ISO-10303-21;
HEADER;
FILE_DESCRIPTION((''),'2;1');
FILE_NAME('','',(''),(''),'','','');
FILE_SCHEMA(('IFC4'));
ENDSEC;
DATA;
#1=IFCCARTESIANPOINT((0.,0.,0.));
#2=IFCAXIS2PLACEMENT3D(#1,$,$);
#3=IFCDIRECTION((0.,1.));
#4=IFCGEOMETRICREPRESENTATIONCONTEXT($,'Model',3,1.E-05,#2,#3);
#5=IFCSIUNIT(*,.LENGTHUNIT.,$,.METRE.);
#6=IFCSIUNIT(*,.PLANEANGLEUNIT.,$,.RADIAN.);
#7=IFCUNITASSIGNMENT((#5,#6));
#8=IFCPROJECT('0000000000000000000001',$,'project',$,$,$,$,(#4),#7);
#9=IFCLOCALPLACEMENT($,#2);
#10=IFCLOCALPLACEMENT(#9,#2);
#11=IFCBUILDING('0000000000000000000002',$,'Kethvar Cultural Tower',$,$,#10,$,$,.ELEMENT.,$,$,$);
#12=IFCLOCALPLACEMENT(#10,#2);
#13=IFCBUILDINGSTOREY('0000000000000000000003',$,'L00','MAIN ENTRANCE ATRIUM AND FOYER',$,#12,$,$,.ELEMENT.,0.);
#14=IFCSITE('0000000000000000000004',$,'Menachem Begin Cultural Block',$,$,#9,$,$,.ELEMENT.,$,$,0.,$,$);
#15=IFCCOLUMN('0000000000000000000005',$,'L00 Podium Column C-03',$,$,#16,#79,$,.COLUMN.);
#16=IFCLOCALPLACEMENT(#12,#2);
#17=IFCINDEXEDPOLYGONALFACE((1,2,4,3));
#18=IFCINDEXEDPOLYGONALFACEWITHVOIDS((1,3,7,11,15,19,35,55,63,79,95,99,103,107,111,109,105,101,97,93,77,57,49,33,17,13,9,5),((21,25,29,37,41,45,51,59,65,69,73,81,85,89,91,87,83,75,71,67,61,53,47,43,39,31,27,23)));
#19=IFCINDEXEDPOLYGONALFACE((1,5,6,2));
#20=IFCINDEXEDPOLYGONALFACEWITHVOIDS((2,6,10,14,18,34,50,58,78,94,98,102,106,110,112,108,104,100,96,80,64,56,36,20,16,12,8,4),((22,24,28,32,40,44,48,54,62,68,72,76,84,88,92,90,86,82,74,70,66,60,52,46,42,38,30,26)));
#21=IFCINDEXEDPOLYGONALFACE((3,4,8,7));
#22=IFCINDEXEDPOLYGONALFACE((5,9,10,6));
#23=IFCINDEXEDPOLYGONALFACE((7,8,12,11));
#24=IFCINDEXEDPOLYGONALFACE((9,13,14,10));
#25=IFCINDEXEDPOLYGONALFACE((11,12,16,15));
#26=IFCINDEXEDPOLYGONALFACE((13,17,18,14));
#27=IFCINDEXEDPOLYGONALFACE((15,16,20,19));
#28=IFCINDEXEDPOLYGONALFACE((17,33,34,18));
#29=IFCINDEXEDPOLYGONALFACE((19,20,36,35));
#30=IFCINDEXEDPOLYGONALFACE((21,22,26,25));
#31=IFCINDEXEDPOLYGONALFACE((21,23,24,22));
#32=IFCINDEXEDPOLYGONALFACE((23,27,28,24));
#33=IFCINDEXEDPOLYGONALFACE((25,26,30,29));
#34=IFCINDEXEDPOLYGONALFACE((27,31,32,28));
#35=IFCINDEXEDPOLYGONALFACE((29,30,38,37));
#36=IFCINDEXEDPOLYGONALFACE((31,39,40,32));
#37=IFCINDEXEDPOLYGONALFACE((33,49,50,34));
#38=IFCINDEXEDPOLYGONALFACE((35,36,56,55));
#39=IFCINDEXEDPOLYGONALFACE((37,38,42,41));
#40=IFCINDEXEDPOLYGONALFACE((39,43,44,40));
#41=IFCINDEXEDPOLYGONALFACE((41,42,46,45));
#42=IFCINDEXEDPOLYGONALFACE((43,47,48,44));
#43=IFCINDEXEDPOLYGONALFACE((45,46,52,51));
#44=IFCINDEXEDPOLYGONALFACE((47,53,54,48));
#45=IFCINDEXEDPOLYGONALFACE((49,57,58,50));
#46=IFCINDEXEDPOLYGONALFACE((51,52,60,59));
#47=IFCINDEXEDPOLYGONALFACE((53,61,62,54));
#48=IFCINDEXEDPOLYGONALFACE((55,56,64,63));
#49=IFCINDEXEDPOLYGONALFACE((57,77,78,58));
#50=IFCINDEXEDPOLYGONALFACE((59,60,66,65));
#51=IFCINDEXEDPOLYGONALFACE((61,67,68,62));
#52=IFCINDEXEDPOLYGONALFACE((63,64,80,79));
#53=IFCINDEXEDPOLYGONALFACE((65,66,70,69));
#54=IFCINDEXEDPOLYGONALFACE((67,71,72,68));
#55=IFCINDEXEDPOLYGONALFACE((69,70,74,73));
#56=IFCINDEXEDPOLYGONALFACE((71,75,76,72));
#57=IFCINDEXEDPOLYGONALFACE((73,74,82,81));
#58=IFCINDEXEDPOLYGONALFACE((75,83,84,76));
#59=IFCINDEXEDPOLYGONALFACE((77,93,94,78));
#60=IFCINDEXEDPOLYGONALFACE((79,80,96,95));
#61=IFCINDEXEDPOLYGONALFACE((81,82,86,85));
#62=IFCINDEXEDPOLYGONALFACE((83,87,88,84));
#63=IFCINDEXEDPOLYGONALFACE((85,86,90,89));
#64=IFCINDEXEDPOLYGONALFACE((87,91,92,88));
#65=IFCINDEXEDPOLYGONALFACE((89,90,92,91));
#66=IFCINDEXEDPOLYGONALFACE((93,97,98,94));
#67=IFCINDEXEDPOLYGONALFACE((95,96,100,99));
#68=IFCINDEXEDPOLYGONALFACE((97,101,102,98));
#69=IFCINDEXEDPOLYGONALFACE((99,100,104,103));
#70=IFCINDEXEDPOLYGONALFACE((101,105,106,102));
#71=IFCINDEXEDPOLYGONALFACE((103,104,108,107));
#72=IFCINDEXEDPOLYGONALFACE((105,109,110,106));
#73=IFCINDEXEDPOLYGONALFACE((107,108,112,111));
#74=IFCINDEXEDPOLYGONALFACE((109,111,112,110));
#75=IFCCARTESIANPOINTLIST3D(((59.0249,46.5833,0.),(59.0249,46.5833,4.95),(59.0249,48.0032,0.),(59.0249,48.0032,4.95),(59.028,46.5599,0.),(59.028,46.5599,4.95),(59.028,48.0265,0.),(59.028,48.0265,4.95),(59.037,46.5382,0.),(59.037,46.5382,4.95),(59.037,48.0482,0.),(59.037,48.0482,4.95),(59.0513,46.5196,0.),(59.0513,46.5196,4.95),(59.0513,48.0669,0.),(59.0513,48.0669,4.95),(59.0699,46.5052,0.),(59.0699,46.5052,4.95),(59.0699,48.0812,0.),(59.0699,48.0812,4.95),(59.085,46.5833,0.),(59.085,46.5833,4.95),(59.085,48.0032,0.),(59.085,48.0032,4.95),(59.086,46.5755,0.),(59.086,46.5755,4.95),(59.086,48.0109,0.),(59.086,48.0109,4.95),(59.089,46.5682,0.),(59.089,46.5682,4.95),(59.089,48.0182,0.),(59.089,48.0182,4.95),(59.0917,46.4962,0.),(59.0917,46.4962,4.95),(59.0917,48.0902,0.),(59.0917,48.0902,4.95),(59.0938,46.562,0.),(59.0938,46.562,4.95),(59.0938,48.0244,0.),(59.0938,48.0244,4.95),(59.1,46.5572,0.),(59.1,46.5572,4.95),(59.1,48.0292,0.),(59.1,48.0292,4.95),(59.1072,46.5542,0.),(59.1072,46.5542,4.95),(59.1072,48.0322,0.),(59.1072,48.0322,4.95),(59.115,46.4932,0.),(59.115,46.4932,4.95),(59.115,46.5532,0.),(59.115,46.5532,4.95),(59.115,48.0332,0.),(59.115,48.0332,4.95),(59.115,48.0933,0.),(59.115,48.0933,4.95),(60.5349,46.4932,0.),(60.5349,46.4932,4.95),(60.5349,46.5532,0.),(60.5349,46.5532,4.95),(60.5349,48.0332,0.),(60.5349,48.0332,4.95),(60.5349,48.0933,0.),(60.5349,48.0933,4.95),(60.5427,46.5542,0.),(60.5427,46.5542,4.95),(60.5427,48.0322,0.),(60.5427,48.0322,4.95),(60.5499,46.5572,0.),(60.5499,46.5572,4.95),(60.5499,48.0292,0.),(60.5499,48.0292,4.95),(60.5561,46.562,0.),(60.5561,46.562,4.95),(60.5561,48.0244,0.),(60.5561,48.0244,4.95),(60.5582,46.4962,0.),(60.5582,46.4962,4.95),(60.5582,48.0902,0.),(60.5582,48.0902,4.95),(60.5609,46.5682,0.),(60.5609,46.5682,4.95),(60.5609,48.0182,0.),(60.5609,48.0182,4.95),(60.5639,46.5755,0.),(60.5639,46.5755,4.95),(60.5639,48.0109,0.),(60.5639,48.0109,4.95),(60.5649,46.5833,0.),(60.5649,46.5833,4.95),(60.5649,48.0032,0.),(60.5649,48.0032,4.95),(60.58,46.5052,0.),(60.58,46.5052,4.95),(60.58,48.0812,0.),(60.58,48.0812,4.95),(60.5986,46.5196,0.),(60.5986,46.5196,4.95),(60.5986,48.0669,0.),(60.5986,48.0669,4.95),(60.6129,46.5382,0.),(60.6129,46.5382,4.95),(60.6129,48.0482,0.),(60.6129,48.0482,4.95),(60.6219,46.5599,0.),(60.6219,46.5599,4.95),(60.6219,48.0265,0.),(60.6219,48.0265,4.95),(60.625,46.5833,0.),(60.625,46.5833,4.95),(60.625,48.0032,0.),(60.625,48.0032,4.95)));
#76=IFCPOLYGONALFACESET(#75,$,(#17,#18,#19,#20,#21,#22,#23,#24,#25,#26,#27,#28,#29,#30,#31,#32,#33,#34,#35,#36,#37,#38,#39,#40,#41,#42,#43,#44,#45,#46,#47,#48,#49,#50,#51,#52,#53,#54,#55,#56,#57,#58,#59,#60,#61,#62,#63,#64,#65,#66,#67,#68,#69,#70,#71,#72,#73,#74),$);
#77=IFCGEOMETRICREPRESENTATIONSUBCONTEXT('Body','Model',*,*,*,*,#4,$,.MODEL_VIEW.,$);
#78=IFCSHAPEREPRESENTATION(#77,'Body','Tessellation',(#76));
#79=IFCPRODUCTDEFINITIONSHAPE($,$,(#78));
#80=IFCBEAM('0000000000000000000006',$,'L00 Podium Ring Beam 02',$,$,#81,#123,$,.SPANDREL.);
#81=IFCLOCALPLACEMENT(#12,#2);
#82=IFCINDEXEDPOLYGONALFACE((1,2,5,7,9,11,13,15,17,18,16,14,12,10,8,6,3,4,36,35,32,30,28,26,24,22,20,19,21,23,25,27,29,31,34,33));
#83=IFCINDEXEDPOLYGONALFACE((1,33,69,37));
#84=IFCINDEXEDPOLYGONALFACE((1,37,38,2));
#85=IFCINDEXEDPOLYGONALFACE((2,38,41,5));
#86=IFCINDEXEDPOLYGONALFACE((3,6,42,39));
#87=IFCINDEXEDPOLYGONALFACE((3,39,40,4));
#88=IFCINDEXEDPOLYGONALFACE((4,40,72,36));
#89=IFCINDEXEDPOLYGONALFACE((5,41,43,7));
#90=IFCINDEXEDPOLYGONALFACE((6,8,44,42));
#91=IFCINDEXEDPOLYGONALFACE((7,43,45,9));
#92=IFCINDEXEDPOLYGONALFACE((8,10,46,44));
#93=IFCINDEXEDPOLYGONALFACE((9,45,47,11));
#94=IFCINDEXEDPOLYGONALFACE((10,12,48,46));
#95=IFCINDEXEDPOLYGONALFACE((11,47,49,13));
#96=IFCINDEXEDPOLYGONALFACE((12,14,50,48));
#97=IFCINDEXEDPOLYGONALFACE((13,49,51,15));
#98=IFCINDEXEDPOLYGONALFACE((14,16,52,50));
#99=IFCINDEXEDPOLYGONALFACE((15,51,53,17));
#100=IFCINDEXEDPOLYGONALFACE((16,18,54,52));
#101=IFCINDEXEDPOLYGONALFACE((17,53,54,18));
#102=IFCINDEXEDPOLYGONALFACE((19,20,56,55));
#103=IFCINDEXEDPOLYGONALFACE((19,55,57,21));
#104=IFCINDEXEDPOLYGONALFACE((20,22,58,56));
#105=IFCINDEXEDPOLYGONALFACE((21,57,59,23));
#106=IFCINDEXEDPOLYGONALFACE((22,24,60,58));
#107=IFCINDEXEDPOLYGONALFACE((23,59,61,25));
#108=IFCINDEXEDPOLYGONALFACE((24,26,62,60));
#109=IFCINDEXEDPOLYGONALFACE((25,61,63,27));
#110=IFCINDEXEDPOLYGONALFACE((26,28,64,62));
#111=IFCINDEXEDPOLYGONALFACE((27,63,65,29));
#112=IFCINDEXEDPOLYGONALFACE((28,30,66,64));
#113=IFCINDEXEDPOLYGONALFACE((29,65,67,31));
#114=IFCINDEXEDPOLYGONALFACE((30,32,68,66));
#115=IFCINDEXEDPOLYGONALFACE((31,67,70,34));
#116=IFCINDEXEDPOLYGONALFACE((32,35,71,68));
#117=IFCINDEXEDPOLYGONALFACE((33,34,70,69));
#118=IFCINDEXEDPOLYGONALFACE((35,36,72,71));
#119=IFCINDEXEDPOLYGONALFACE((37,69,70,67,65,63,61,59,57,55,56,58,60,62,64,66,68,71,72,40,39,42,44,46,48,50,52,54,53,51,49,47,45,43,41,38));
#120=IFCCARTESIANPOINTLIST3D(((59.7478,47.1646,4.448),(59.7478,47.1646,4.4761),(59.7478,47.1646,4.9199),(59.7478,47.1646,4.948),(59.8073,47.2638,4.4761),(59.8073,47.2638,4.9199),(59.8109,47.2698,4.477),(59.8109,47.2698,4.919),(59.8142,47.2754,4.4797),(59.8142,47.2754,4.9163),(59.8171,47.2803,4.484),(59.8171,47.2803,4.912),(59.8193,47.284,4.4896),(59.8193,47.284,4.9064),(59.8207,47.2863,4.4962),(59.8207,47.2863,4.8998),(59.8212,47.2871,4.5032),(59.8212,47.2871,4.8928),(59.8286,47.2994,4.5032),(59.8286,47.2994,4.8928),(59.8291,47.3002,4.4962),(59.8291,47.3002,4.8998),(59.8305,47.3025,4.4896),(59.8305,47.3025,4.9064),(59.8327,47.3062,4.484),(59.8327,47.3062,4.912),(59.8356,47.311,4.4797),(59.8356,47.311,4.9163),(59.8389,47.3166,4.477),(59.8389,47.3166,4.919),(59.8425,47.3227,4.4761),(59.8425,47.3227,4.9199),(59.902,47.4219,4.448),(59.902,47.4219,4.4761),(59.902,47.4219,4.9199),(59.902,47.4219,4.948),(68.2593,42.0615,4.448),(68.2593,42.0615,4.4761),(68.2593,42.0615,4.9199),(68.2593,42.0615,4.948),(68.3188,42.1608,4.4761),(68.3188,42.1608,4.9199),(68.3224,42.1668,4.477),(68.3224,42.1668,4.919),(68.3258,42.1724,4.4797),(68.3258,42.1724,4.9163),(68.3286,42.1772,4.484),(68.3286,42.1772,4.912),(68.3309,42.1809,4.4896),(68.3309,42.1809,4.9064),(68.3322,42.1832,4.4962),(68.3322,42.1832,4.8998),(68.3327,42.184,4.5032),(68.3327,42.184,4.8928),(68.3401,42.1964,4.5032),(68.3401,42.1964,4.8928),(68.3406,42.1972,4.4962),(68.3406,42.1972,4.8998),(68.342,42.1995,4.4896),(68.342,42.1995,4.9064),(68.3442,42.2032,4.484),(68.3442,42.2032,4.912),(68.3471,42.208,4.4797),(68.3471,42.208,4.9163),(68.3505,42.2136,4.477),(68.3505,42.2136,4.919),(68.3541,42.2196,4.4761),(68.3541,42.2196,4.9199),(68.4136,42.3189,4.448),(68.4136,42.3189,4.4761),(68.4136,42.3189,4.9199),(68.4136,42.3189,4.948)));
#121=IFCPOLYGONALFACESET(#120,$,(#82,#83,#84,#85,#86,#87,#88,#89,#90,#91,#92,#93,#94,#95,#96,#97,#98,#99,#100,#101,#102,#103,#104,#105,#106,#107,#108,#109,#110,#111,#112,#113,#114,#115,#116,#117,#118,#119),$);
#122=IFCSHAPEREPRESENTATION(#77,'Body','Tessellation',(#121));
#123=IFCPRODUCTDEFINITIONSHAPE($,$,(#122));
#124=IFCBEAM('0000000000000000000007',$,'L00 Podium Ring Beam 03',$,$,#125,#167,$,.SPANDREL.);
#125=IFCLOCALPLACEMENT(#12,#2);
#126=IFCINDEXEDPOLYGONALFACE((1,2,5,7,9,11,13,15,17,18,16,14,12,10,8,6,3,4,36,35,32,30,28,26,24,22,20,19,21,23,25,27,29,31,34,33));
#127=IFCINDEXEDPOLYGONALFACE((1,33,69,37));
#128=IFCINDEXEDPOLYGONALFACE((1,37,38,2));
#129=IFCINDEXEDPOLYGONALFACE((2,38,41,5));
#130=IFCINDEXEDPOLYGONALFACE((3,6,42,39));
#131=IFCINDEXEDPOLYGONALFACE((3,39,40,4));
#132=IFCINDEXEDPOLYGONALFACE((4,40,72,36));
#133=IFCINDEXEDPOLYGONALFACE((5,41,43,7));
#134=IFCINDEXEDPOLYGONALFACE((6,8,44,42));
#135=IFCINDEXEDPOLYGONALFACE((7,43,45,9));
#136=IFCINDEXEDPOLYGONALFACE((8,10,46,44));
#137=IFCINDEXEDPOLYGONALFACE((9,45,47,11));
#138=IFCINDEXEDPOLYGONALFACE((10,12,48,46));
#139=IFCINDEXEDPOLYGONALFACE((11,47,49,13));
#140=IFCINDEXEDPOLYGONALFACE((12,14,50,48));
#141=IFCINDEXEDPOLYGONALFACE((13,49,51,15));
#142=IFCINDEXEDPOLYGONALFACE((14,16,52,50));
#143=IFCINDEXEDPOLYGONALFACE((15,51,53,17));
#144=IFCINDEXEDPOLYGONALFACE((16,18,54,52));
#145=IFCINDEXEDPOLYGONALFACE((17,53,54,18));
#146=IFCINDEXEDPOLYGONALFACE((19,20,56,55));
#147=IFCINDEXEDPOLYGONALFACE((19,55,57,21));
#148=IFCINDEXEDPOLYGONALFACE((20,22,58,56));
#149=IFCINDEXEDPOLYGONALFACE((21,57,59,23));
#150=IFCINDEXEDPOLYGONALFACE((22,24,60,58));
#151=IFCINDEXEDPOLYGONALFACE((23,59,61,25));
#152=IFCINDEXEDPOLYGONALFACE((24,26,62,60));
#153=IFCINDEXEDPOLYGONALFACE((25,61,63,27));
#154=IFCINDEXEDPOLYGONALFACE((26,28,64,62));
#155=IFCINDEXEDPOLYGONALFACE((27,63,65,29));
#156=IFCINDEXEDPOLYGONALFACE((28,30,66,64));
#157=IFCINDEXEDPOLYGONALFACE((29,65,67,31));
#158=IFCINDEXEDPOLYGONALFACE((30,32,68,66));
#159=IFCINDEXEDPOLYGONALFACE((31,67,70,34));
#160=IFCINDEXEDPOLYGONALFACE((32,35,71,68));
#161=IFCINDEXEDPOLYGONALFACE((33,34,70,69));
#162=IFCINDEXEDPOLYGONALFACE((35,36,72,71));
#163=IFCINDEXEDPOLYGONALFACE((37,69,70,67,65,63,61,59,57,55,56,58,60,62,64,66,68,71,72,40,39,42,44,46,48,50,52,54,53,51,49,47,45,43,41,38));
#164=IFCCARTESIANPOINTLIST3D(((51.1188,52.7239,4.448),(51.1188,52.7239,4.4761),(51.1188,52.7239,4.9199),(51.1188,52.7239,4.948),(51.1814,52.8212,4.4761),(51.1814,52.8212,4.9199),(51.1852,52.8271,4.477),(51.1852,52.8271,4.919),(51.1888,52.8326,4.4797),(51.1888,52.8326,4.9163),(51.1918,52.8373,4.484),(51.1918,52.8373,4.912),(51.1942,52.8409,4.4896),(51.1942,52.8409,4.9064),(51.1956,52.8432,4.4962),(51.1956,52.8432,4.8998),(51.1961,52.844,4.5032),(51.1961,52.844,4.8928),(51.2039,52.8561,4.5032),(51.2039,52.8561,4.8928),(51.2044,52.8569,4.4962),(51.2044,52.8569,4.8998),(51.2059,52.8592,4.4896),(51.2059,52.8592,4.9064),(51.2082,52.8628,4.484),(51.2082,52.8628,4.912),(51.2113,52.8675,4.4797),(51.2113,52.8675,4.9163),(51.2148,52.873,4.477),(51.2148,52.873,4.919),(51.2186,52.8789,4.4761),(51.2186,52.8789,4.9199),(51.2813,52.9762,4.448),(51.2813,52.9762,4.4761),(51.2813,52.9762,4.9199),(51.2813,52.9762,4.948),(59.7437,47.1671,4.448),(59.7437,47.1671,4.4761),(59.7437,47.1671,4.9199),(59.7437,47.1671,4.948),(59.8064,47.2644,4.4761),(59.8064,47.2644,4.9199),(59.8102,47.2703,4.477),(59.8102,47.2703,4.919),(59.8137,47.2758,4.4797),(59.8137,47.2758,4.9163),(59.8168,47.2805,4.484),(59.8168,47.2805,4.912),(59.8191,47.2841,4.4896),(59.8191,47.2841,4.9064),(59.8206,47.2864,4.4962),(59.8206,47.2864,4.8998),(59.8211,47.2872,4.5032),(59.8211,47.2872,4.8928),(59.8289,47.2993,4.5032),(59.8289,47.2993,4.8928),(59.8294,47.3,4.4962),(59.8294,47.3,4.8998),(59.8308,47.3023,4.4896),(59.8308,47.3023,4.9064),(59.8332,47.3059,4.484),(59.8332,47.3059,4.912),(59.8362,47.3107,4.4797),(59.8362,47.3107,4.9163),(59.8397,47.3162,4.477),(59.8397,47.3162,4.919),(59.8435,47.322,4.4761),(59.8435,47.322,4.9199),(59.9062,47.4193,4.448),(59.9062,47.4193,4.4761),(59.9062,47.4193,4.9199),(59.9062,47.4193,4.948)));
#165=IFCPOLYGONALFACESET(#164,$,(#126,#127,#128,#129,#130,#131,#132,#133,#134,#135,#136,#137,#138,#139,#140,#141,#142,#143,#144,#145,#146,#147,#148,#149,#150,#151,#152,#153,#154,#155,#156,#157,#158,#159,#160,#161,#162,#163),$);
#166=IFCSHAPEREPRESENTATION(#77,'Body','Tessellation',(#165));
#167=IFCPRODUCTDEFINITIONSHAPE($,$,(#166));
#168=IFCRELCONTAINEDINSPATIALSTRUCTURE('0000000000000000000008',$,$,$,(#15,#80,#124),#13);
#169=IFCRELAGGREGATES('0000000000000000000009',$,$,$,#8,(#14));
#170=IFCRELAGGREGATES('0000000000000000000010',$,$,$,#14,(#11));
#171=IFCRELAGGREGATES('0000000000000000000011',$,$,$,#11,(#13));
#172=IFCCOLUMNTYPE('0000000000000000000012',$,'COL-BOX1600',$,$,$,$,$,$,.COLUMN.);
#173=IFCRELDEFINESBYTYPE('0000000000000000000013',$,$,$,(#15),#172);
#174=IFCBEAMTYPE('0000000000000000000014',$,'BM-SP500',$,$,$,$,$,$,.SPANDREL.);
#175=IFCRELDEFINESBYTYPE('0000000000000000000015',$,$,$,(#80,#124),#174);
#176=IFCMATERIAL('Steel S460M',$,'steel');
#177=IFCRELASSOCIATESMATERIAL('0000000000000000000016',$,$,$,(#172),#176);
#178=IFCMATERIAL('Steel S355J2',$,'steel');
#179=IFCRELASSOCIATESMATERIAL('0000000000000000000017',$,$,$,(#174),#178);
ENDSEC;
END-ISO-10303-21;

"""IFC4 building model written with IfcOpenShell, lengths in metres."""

from ifc_helpers import new_model, si_unit, direction, frame, origin, origin_2d, place, context, subcontext, project, spatial, hollow_rectangle, i_section, extrude, source, transform, mapped, material, material_profile, profile_set, type_object, element, save


model = new_model("IFC4")

# Units and contexts
model_context = context("Model", 3, precision=1e-05, world=origin(), true_north=direction((0.0, 1.0)))
body_context = subcontext(model_context, "Body", "Model", "MODEL_VIEW")
ifc_project = project(units=[si_unit("LENGTHUNIT", "METRE"), si_unit("PLANEANGLEUNIT", "RADIAN")], contexts=[model_context])

# Site, building, storey
site_placement = place(None, origin())
site = spatial("IfcSite", under=ifc_project, at=site_placement, Name="Menachem Begin Cultural Block", CompositionType="ELEMENT", RefElevation=0.0)
building_placement = place(site_placement, origin())
building = spatial("IfcBuilding", under=site, at=building_placement, Name="Kethvar Cultural Tower", CompositionType="ELEMENT")
storey_placement = place(building_placement, origin())
storey = spatial("IfcBuildingStorey", under=building, at=storey_placement, Name="L00", Description="MAIN ENTRANCE ATRIUM AND FOYER", CompositionType="ELEMENT", Elevation=0.0)

# Column
ifc_material_1 = material(Name="Steel S460M", Category="steel")
ifc_material_profile_1 = material_profile(ifc_material_1, hollow_rectangle(XDim=1.6001, YDim=1.6001, WallThickness=0.0601, InnerFilletRadius=0.03, OuterFilletRadius=0.0901, at=origin_2d()), Name="Steel S460M — BOX1600x1600x60")
ifc_profile_set_1 = profile_set([ifc_material_profile_1], Name="Steel S460M — BOX1600x1600x60")
column_type = type_object("IfcColumnType", Name="COL-BOX1600", PredefinedType="COLUMN", material=ifc_profile_set_1)
shared_shape_1 = source(origin(), body_context, "Body", "SweptSolid", [
    extrude(hollow_rectangle(XDim=1.6001, YDim=1.6001, WallThickness=0.0601, InnerFilletRadius=0.03, OuterFilletRadius=0.0901, at=origin_2d()), origin(), (0.0, 0.0, 1.0), 4.95),
])
column_placement = place(storey_placement, frame((59.825, 47.2932, 0.0), z_axis=(0.0, 0.0, 1.0), x_axis=(1.0, 0.0, 0.0)))
element("IfcColumn", 1, at=column_placement, inside=storey, type_object=column_type, Name="L00 Podium Column C-03", PredefinedType="COLUMN", context=body_context, shape_type="MappedRepresentation", body=[
    mapped(shared_shape_1, transform((0.0, 0.0, 0.0), scale=1.0)),
])

# Beams
ifc_material_2 = material(Name="Steel S355J2", Category="steel")
ifc_material_profile_2 = material_profile(ifc_material_2, i_section(OverallWidth=0.3, OverallDepth=0.5, WebThickness=0.0144, FlangeThickness=0.0281, FilletRadius=0.0271, at=origin_2d()), Name="Steel S355J2 — HEB500")
ifc_profile_set_2 = profile_set([ifc_material_profile_2], Name="Steel S355J2 — HEB500")
beam_type_1 = type_object("IfcBeamType", Name="BM-SP500", PredefinedType="SPANDREL", material=ifc_profile_set_2)
shared_shape_2 = source(origin(), body_context, "Body", "SweptSolid", [
    extrude(i_section(OverallWidth=0.3, OverallDepth=0.5, WebThickness=0.0144, FlangeThickness=0.0281, FilletRadius=0.0271, at=origin_2d()), origin(), (0.0, 0.0, 1.0), 9.9241),
])
beam_1_placement = place(storey_placement, frame((68.3364, 42.1902, 4.698), z_axis=(-0.857664, 0.51421, 0.0), x_axis=(-0.51421, -0.857664, 0.0)))
element("IfcBeam", 2, at=beam_1_placement, inside=storey, type_object=beam_type_1, Name="L00 Podium Ring Beam 02", PredefinedType="SPANDREL", context=body_context, shape_type="MappedRepresentation", body=[
    mapped(shared_shape_2, transform((0.0, 0.0, 0.0), scale=1.0)),
])
shared_shape_3 = source(origin(), body_context, "Body", "SweptSolid", [
    extrude(i_section(OverallWidth=0.3, OverallDepth=0.5, WebThickness=0.0144, FlangeThickness=0.0281, FilletRadius=0.0271, at=origin_2d()), origin(), (0.0, 0.0, 1.0), 10.26),
])
beam_2_placement = place(storey_placement, frame((59.825, 47.2932, 4.698), z_axis=(-0.840635, 0.541602, 0.0), x_axis=(-0.541602, -0.840635, 0.0)))
element("IfcBeam", 3, at=beam_2_placement, inside=storey, type_object=beam_type_1, Name="L00 Podium Ring Beam 03", PredefinedType="SPANDREL", context=body_context, shape_type="MappedRepresentation", body=[
    mapped(shared_shape_3, transform((0.0, 0.0, 0.0), scale=1.0)),
])

save(model, "model.ifc")
